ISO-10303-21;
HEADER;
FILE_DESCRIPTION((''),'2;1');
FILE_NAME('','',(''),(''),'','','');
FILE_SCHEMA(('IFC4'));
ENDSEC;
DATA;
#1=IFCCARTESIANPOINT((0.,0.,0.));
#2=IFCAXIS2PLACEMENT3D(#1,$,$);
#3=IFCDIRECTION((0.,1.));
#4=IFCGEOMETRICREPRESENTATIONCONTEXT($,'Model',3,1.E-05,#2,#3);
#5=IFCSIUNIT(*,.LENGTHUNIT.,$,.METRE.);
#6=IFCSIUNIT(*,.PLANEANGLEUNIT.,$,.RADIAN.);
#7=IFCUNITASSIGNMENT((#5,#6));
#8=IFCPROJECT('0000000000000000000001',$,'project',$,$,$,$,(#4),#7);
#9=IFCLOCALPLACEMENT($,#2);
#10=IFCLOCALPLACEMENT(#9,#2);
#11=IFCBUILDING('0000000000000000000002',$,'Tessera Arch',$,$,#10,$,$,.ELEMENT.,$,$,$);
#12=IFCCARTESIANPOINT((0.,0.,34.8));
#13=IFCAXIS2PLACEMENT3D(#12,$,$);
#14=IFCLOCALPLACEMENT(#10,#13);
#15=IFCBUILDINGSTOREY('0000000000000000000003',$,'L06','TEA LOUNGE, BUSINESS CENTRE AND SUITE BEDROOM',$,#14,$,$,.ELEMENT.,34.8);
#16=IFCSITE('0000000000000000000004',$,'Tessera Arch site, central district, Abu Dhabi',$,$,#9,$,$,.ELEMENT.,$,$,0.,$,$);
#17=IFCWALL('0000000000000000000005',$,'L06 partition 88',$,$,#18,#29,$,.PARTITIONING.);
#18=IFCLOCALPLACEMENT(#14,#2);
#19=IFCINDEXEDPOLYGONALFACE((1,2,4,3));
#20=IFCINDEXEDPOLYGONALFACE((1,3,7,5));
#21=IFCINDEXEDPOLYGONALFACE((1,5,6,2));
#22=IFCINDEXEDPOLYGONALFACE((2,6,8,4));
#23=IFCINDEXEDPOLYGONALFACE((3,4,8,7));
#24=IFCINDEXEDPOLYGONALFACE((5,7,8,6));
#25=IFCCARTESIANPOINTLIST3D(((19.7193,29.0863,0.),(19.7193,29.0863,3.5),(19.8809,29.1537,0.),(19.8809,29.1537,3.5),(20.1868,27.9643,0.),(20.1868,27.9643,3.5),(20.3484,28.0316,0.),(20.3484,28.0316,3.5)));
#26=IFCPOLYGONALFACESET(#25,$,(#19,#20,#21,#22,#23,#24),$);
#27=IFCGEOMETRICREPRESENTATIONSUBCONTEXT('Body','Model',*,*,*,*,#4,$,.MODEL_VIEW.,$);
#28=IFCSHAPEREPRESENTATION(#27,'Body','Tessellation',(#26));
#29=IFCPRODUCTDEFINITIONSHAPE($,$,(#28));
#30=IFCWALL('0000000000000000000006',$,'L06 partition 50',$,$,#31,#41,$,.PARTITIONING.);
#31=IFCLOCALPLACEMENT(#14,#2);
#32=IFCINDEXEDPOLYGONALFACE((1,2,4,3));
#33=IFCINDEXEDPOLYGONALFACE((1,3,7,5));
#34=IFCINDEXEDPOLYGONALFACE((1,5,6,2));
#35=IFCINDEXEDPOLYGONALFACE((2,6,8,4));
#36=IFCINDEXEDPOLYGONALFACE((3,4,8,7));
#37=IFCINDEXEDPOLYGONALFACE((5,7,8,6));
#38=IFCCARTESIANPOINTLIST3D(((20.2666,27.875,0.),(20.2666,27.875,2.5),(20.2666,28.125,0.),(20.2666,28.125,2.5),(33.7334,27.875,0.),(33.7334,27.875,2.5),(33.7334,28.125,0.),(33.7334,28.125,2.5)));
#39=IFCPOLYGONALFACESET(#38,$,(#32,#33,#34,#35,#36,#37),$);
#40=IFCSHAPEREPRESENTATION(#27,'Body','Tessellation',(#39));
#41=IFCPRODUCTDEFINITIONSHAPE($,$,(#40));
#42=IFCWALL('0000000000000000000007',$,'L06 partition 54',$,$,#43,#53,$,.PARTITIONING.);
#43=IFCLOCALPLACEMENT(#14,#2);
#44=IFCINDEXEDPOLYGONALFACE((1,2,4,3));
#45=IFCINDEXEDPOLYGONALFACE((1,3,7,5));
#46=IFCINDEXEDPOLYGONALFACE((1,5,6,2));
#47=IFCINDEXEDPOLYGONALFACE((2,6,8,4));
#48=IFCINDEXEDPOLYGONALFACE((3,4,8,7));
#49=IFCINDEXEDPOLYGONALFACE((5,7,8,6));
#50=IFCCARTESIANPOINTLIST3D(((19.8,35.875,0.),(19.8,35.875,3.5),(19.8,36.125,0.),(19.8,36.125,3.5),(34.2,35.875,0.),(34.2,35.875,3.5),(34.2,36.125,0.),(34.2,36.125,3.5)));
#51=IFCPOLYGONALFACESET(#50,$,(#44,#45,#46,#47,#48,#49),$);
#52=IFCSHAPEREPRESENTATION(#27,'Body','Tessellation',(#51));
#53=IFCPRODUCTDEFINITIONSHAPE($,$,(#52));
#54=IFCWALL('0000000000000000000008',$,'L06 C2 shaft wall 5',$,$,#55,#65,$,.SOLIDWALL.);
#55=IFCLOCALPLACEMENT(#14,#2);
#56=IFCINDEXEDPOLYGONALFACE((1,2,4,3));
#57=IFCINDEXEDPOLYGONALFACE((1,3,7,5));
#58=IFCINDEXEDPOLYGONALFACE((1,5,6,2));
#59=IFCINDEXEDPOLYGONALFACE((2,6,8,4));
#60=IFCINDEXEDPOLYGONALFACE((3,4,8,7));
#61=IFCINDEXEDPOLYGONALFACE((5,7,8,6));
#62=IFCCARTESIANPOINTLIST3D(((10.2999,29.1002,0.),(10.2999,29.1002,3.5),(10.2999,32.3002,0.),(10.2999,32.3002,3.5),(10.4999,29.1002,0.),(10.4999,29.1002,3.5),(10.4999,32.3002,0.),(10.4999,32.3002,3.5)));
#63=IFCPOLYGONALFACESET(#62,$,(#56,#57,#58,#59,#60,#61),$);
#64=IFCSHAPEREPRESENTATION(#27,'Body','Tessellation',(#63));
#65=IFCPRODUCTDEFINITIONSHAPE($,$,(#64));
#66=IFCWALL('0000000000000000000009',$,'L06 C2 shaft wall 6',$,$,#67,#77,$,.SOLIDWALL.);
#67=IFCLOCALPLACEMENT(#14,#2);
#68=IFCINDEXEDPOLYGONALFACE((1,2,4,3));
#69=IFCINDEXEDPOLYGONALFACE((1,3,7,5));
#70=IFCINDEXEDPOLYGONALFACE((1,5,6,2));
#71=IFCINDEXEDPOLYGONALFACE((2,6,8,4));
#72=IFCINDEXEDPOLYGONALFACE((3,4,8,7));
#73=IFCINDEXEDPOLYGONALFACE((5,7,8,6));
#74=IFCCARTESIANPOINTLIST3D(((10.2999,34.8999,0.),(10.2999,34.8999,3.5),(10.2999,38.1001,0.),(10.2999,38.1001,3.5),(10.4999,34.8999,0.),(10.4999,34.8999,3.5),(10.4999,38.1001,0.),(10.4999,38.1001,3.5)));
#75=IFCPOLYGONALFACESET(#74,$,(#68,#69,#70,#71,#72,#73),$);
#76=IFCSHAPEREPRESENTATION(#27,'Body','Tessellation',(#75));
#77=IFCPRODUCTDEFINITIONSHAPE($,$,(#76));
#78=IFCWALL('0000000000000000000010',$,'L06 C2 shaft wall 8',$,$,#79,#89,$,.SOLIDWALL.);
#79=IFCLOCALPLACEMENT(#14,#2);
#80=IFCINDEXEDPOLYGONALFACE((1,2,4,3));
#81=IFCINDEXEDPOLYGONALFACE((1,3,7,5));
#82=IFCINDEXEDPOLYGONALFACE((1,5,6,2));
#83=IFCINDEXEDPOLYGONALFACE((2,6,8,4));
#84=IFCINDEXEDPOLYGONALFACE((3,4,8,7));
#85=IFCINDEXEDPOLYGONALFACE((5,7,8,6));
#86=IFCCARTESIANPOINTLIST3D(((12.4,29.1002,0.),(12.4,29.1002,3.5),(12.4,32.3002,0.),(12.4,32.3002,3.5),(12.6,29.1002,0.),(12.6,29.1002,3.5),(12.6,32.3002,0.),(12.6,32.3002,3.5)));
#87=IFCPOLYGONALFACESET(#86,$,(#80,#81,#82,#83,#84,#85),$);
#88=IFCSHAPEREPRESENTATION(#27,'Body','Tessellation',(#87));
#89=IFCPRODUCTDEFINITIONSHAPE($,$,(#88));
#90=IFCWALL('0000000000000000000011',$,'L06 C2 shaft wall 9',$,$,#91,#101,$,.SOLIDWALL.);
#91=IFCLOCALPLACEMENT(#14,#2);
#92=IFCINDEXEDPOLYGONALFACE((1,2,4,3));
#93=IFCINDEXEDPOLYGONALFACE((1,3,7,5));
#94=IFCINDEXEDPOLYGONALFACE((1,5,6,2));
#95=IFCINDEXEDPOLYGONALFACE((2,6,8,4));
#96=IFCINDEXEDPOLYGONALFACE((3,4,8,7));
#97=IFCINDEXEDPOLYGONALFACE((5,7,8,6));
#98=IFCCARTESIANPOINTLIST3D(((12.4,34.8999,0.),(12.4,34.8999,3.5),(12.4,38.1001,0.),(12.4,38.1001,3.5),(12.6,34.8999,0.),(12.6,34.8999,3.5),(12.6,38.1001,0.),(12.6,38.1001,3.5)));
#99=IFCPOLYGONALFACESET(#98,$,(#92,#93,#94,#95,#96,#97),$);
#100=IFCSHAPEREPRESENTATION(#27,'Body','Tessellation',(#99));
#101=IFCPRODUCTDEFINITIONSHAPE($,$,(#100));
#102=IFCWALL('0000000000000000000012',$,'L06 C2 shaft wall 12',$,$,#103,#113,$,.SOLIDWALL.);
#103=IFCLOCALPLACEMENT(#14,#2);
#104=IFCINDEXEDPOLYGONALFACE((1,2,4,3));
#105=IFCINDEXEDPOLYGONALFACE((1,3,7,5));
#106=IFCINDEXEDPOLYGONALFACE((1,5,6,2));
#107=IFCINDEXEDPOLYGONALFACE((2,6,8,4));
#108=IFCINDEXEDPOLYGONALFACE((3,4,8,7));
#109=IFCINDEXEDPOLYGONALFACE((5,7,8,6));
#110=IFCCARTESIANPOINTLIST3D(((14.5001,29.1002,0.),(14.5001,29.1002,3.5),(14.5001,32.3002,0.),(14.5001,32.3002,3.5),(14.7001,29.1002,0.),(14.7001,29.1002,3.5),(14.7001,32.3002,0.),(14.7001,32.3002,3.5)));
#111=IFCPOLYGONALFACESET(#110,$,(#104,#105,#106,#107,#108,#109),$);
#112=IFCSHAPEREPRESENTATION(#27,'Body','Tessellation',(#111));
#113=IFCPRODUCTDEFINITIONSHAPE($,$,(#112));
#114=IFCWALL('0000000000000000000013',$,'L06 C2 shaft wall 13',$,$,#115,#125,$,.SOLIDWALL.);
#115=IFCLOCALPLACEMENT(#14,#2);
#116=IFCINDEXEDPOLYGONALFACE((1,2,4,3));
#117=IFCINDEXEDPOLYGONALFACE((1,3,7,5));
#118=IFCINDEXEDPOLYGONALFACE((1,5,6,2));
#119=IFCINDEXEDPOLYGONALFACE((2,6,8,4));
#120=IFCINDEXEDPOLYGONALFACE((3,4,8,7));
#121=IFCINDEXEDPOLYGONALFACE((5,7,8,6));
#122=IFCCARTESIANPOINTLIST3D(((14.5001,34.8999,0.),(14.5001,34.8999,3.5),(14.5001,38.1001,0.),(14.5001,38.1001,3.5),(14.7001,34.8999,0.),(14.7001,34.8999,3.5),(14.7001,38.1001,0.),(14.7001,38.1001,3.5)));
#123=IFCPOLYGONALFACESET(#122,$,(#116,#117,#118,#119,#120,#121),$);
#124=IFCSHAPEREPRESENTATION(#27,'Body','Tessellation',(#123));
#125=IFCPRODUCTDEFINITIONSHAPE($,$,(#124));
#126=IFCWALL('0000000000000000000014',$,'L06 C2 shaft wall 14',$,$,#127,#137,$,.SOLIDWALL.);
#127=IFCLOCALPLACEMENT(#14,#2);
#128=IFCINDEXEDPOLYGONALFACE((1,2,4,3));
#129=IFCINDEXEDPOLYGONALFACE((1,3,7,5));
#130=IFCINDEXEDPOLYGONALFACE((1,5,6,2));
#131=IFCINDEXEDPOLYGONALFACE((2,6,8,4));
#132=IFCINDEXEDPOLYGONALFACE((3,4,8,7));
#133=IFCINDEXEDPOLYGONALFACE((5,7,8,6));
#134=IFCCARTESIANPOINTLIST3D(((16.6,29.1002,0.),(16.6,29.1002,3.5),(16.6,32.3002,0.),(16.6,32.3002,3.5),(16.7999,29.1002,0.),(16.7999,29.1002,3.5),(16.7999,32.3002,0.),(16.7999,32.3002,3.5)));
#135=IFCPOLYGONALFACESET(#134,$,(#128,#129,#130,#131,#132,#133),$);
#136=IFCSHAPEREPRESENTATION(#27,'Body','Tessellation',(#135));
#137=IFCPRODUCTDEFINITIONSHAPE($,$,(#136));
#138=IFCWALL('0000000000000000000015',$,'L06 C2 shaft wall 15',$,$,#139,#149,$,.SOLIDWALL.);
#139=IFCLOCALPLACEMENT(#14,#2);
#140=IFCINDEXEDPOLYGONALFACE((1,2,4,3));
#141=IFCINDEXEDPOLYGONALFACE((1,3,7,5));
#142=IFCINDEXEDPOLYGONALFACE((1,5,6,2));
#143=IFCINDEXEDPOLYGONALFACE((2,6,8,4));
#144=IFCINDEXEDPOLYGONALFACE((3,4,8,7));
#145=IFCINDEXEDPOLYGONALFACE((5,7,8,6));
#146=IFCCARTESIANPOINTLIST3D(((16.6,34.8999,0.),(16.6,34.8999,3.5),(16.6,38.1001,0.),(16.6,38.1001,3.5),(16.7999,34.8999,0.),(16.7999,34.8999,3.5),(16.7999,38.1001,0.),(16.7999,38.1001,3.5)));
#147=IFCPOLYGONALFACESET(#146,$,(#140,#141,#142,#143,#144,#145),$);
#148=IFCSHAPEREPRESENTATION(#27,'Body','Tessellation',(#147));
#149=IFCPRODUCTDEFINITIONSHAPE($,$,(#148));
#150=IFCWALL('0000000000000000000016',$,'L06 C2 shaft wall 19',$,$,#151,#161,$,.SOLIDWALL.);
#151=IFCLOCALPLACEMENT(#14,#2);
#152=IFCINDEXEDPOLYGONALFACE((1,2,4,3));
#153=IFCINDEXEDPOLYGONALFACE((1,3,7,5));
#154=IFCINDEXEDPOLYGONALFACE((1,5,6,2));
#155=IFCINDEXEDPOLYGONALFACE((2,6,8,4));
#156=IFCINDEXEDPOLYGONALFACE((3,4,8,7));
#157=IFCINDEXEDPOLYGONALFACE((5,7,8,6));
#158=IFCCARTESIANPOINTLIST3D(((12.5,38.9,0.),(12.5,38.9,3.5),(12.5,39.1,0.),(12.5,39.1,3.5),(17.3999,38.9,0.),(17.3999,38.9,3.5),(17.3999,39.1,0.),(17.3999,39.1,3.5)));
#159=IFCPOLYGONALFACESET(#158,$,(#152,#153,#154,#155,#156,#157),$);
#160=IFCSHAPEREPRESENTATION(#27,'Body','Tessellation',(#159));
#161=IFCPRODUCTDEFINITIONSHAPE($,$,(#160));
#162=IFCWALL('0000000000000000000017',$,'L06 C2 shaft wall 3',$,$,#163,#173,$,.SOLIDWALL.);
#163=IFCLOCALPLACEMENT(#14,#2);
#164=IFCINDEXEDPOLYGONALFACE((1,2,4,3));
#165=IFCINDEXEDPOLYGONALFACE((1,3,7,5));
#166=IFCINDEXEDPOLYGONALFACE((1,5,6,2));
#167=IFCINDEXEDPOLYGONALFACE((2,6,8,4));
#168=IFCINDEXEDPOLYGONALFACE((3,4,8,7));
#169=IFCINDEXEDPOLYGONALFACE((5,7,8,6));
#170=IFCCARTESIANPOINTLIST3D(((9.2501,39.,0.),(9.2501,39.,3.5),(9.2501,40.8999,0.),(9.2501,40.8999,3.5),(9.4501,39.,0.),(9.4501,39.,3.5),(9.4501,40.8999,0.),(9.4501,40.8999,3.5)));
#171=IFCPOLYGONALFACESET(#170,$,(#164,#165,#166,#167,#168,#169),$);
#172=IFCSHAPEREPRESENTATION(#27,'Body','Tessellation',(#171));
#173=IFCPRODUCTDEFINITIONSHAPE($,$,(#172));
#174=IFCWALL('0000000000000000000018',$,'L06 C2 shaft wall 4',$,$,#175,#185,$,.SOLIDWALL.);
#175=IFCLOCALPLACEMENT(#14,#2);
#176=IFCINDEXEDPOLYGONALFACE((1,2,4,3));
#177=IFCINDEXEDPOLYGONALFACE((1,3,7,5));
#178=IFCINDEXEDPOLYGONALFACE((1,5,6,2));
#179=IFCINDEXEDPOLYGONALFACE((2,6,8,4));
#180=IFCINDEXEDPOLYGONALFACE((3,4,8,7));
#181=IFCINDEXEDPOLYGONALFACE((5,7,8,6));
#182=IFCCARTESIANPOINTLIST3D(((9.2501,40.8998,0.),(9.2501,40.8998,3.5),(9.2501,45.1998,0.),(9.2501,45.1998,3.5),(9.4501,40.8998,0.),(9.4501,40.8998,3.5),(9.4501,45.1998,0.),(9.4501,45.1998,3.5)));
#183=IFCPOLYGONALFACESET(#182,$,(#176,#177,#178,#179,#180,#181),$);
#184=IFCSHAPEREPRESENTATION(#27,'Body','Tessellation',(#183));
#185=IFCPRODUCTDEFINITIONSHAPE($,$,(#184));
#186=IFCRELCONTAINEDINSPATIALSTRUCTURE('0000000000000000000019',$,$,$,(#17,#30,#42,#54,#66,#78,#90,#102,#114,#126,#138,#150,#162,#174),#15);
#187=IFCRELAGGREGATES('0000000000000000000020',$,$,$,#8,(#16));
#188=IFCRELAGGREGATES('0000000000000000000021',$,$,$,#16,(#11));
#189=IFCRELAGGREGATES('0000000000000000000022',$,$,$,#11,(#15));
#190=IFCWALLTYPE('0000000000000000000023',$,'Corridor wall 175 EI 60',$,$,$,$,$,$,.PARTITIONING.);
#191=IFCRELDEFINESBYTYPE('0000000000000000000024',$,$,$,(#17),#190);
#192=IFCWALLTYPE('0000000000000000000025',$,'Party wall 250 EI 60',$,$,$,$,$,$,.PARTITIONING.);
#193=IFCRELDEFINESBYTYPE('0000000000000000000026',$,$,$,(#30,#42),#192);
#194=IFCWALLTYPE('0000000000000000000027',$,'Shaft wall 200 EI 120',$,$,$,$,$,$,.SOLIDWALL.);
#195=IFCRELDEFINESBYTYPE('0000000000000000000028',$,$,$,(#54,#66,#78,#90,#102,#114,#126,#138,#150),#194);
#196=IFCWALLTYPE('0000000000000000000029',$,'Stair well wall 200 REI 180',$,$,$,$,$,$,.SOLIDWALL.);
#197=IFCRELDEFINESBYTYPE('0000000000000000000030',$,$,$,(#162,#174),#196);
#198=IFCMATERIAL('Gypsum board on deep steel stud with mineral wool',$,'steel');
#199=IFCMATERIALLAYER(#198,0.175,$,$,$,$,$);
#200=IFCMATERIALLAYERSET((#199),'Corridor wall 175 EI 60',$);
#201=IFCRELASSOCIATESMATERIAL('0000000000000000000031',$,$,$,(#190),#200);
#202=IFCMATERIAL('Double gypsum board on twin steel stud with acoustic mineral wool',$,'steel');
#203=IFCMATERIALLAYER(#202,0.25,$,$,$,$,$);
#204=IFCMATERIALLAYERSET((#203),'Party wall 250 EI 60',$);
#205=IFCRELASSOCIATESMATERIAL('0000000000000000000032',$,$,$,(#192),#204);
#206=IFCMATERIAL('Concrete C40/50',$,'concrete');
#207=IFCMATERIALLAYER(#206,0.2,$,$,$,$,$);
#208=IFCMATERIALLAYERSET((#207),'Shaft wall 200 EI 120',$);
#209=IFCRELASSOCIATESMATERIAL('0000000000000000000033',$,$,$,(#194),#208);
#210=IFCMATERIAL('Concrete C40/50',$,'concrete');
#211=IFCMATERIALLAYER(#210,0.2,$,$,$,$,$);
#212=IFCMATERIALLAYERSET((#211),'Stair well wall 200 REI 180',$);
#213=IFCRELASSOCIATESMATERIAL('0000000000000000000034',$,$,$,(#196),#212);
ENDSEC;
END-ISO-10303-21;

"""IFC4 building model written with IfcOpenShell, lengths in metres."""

from ifc_helpers import new_model, si_unit, direction, frame, frame_2d, origin, place, context, subcontext, project, spatial, rectangle, extrude, material, layer, layer_set, type_object, element, save


model = new_model("IFC4")

# Units and contexts
model_context = context("Model", 3, precision=1e-05, world=origin(), true_north=direction((0.0, 1.0)))
body_context = subcontext(model_context, "Body", "Model", "MODEL_VIEW")
ifc_project = project(units=[si_unit("LENGTHUNIT", "METRE"), si_unit("PLANEANGLEUNIT", "RADIAN")], contexts=[model_context])

# Site, building, storey
site_placement = place(None, origin())
site = spatial("IfcSite", under=ifc_project, at=site_placement, Name="Tessera Arch site, central district, Abu Dhabi", CompositionType="ELEMENT", RefElevation=0.0)
building_placement = place(site_placement, origin())
building = spatial("IfcBuilding", under=site, at=building_placement, Name="Tessera Arch", CompositionType="ELEMENT")
storey_placement = place(building_placement, frame((0.0, 0.0, 34.8)))
storey = spatial("IfcBuildingStorey", under=building, at=storey_placement, Name="L06", Description="TEA LOUNGE, BUSINESS CENTRE AND SUITE BEDROOM", CompositionType="ELEMENT", Elevation=34.8)

# Shared definitions
ifc_material_1 = material(Name="Gypsum board on deep steel stud with mineral wool", Category="steel")
ifc_layer_1 = layer(ifc_material_1, 0.175)
ifc_layer_set_1 = layer_set([ifc_layer_1], Name="Corridor wall 175 EI 60")
wall_type_1 = type_object("IfcWallType", Name="Corridor wall 175 EI 60", PredefinedType="PARTITIONING", material=ifc_layer_set_1)

# Walls
wall_1_placement = place(storey_placement, frame((19.8, 29.1201, 0.0), z_axis=(0.0, 0.0, 1.0), x_axis=(0.384615, -0.923077, 0.0)))
element("IfcWall", 1, at=wall_1_placement, inside=storey, type_object=wall_type_1, Name="L06 partition 88", PredefinedType="PARTITIONING", context=body_context, shape_type="SweptSolid", body=[
    extrude(rectangle(XDim=1.2156, YDim=0.175, at=frame_2d((0.6079, 0.0))), origin(), (0.0, 0.0, 1.0), 3.5),
])
ifc_material_2 = material(Name="Double gypsum board on twin steel stud with acoustic mineral wool", Category="steel")
ifc_layer_2 = layer(ifc_material_2, 0.25)
ifc_layer_set_2 = layer_set([ifc_layer_2], Name="Party wall 250 EI 60")
wall_type_2 = type_object("IfcWallType", Name="Party wall 250 EI 60", PredefinedType="PARTITIONING", material=ifc_layer_set_2)
wall_2_placement = place(storey_placement, frame((20.2666, 28.0, 0.0), z_axis=(0.0, 0.0, 1.0), x_axis=(1.0, 0.0, 0.0)))
element("IfcWall", 2, at=wall_2_placement, inside=storey, type_object=wall_type_2, Name="L06 partition 50", PredefinedType="PARTITIONING", context=body_context, shape_type="SweptSolid", body=[
    extrude(rectangle(XDim=13.4668, YDim=0.25, at=frame_2d((6.7334, 0.0))), origin(), (0.0, 0.0, 1.0), 2.5),
])
wall_3_placement = place(storey_placement, frame((19.8, 36.0, 0.0), z_axis=(0.0, 0.0, 1.0), x_axis=(1.0, 0.0, 0.0)))
element("IfcWall", 3, at=wall_3_placement, inside=storey, type_object=wall_type_2, Name="L06 partition 54", PredefinedType="PARTITIONING", context=body_context, shape_type="SweptSolid", body=[
    extrude(rectangle(XDim=14.3999, YDim=0.25, at=frame_2d((7.2, 0.0))), origin(), (0.0, 0.0, 1.0), 3.5),
])
ifc_material_3 = material(Name="Concrete C40/50", Category="concrete")
ifc_layer_3 = layer(ifc_material_3, 0.2)
ifc_layer_set_3 = layer_set([ifc_layer_3], Name="Shaft wall 200 EI 120")
wall_type_3 = type_object("IfcWallType", Name="Shaft wall 200 EI 120", PredefinedType="SOLIDWALL", material=ifc_layer_set_3)
wall_4_placement = place(storey_placement, frame((10.3999, 29.1001, 0.0), z_axis=(0.0, 0.0, 1.0), x_axis=(0.0, 1.0, 0.0)))
element("IfcWall", 4, at=wall_4_placement, inside=storey, type_object=wall_type_3, Name="L06 C2 shaft wall 5", PredefinedType="SOLIDWALL", context=body_context, shape_type="SweptSolid", body=[
    extrude(rectangle(XDim=3.2, YDim=0.2, at=frame_2d((1.6001, 0.0))), origin(), (0.0, 0.0, 1.0), 3.5),
])
wall_5_placement = place(storey_placement, frame((10.3999, 34.8999, 0.0), z_axis=(0.0, 0.0, 1.0), x_axis=(0.0, 1.0, 0.0)))
element("IfcWall", 5, at=wall_5_placement, inside=storey, type_object=wall_type_3, Name="L06 C2 shaft wall 6", PredefinedType="SOLIDWALL", context=body_context, shape_type="SweptSolid", body=[
    extrude(rectangle(XDim=3.2002, YDim=0.2, at=frame_2d((1.6001, 0.0))), origin(), (0.0, 0.0, 1.0), 3.5),
])
wall_6_placement = place(storey_placement, frame((12.5, 29.1001, 0.0), z_axis=(0.0, 0.0, 1.0), x_axis=(0.0, 1.0, 0.0)))
element("IfcWall", 6, at=wall_6_placement, inside=storey, type_object=wall_type_3, Name="L06 C2 shaft wall 8", PredefinedType="SOLIDWALL", context=body_context, shape_type="SweptSolid", body=[
    extrude(rectangle(XDim=3.2, YDim=0.2, at=frame_2d((1.6001, 0.0))), origin(), (0.0, 0.0, 1.0), 3.5),
])
wall_7_placement = place(storey_placement, frame((12.5, 34.8999, 0.0), z_axis=(0.0, 0.0, 1.0), x_axis=(0.0, 1.0, 0.0)))
element("IfcWall", 7, at=wall_7_placement, inside=storey, type_object=wall_type_3, Name="L06 C2 shaft wall 9", PredefinedType="SOLIDWALL", context=body_context, shape_type="SweptSolid", body=[
    extrude(rectangle(XDim=3.2002, YDim=0.2, at=frame_2d((1.6001, 0.0))), origin(), (0.0, 0.0, 1.0), 3.5),
])
wall_8_placement = place(storey_placement, frame((14.6001, 29.1001, 0.0), z_axis=(0.0, 0.0, 1.0), x_axis=(0.0, 1.0, 0.0)))
element("IfcWall", 8, at=wall_8_placement, inside=storey, type_object=wall_type_3, Name="L06 C2 shaft wall 12", PredefinedType="SOLIDWALL", context=body_context, shape_type="SweptSolid", body=[
    extrude(rectangle(XDim=3.2, YDim=0.2, at=frame_2d((1.6001, 0.0))), origin(), (0.0, 0.0, 1.0), 3.5),
])
wall_9_placement = place(storey_placement, frame((14.6001, 34.8999, 0.0), z_axis=(0.0, 0.0, 1.0), x_axis=(0.0, 1.0, 0.0)))
element("IfcWall", 9, at=wall_9_placement, inside=storey, type_object=wall_type_3, Name="L06 C2 shaft wall 13", PredefinedType="SOLIDWALL", context=body_context, shape_type="SweptSolid", body=[
    extrude(rectangle(XDim=3.2002, YDim=0.2, at=frame_2d((1.6001, 0.0))), origin(), (0.0, 0.0, 1.0), 3.5),
])
wall_10_placement = place(storey_placement, frame((16.7, 29.1001, 0.0), z_axis=(0.0, 0.0, 1.0), x_axis=(0.0, 1.0, 0.0)))
element("IfcWall", 10, at=wall_10_placement, inside=storey, type_object=wall_type_3, Name="L06 C2 shaft wall 14", PredefinedType="SOLIDWALL", context=body_context, shape_type="SweptSolid", body=[
    extrude(rectangle(XDim=3.2, YDim=0.2, at=frame_2d((1.6001, 0.0))), origin(), (0.0, 0.0, 1.0), 3.5),
])
wall_11_placement = place(storey_placement, frame((16.7, 34.8999, 0.0), z_axis=(0.0, 0.0, 1.0), x_axis=(0.0, 1.0, 0.0)))
element("IfcWall", 11, at=wall_11_placement, inside=storey, type_object=wall_type_3, Name="L06 C2 shaft wall 15", PredefinedType="SOLIDWALL", context=body_context, shape_type="SweptSolid", body=[
    extrude(rectangle(XDim=3.2002, YDim=0.2, at=frame_2d((1.6001, 0.0))), origin(), (0.0, 0.0, 1.0), 3.5),
])
wall_12_placement = place(storey_placement, frame((12.5, 39.0, 0.0), z_axis=(0.0, 0.0, 1.0), x_axis=(1.0, 0.0, 0.0)))
element("IfcWall", 12, at=wall_12_placement, inside=storey, type_object=wall_type_3, Name="L06 C2 shaft wall 19", PredefinedType="SOLIDWALL", context=body_context, shape_type="SweptSolid", body=[
    extrude(rectangle(XDim=4.8999, YDim=0.2, at=frame_2d((2.45, 0.0))), origin(), (0.0, 0.0, 1.0), 3.5),
])
ifc_material_4 = material(Name="Concrete C40/50", Category="concrete")
ifc_layer_4 = layer(ifc_material_4, 0.2)
ifc_layer_set_4 = layer_set([ifc_layer_4], Name="Stair well wall 200 REI 180")
wall_type_4 = type_object("IfcWallType", Name="Stair well wall 200 REI 180", PredefinedType="SOLIDWALL", material=ifc_layer_set_4)
wall_13_placement = place(storey_placement, frame((9.3501, 39.0, 0.0), z_axis=(0.0, 0.0, 1.0), x_axis=(0.0, 1.0, 0.0)))
element("IfcWall", 13, at=wall_13_placement, inside=storey, type_object=wall_type_4, Name="L06 C2 shaft wall 3", PredefinedType="SOLIDWALL", context=body_context, shape_type="SweptSolid", body=[
    extrude(rectangle(XDim=1.8999, YDim=0.2, at=frame_2d((0.95, 0.0))), origin(), (0.0, 0.0, 1.0), 3.5),
])
wall_14_placement = place(storey_placement, frame((9.3501, 40.8999, 0.0), z_axis=(0.0, 0.0, 1.0), x_axis=(0.0, 1.0, 0.0)))
element("IfcWall", 14, at=wall_14_placement, inside=storey, type_object=wall_type_4, Name="L06 C2 shaft wall 4", PredefinedType="SOLIDWALL", context=body_context, shape_type="SweptSolid", body=[
    extrude(rectangle(XDim=4.3, YDim=0.2, at=frame_2d((2.1499, 0.0))), origin(), (0.0, 0.0, 1.0), 3.5),
])

save(model, "model.ifc")
